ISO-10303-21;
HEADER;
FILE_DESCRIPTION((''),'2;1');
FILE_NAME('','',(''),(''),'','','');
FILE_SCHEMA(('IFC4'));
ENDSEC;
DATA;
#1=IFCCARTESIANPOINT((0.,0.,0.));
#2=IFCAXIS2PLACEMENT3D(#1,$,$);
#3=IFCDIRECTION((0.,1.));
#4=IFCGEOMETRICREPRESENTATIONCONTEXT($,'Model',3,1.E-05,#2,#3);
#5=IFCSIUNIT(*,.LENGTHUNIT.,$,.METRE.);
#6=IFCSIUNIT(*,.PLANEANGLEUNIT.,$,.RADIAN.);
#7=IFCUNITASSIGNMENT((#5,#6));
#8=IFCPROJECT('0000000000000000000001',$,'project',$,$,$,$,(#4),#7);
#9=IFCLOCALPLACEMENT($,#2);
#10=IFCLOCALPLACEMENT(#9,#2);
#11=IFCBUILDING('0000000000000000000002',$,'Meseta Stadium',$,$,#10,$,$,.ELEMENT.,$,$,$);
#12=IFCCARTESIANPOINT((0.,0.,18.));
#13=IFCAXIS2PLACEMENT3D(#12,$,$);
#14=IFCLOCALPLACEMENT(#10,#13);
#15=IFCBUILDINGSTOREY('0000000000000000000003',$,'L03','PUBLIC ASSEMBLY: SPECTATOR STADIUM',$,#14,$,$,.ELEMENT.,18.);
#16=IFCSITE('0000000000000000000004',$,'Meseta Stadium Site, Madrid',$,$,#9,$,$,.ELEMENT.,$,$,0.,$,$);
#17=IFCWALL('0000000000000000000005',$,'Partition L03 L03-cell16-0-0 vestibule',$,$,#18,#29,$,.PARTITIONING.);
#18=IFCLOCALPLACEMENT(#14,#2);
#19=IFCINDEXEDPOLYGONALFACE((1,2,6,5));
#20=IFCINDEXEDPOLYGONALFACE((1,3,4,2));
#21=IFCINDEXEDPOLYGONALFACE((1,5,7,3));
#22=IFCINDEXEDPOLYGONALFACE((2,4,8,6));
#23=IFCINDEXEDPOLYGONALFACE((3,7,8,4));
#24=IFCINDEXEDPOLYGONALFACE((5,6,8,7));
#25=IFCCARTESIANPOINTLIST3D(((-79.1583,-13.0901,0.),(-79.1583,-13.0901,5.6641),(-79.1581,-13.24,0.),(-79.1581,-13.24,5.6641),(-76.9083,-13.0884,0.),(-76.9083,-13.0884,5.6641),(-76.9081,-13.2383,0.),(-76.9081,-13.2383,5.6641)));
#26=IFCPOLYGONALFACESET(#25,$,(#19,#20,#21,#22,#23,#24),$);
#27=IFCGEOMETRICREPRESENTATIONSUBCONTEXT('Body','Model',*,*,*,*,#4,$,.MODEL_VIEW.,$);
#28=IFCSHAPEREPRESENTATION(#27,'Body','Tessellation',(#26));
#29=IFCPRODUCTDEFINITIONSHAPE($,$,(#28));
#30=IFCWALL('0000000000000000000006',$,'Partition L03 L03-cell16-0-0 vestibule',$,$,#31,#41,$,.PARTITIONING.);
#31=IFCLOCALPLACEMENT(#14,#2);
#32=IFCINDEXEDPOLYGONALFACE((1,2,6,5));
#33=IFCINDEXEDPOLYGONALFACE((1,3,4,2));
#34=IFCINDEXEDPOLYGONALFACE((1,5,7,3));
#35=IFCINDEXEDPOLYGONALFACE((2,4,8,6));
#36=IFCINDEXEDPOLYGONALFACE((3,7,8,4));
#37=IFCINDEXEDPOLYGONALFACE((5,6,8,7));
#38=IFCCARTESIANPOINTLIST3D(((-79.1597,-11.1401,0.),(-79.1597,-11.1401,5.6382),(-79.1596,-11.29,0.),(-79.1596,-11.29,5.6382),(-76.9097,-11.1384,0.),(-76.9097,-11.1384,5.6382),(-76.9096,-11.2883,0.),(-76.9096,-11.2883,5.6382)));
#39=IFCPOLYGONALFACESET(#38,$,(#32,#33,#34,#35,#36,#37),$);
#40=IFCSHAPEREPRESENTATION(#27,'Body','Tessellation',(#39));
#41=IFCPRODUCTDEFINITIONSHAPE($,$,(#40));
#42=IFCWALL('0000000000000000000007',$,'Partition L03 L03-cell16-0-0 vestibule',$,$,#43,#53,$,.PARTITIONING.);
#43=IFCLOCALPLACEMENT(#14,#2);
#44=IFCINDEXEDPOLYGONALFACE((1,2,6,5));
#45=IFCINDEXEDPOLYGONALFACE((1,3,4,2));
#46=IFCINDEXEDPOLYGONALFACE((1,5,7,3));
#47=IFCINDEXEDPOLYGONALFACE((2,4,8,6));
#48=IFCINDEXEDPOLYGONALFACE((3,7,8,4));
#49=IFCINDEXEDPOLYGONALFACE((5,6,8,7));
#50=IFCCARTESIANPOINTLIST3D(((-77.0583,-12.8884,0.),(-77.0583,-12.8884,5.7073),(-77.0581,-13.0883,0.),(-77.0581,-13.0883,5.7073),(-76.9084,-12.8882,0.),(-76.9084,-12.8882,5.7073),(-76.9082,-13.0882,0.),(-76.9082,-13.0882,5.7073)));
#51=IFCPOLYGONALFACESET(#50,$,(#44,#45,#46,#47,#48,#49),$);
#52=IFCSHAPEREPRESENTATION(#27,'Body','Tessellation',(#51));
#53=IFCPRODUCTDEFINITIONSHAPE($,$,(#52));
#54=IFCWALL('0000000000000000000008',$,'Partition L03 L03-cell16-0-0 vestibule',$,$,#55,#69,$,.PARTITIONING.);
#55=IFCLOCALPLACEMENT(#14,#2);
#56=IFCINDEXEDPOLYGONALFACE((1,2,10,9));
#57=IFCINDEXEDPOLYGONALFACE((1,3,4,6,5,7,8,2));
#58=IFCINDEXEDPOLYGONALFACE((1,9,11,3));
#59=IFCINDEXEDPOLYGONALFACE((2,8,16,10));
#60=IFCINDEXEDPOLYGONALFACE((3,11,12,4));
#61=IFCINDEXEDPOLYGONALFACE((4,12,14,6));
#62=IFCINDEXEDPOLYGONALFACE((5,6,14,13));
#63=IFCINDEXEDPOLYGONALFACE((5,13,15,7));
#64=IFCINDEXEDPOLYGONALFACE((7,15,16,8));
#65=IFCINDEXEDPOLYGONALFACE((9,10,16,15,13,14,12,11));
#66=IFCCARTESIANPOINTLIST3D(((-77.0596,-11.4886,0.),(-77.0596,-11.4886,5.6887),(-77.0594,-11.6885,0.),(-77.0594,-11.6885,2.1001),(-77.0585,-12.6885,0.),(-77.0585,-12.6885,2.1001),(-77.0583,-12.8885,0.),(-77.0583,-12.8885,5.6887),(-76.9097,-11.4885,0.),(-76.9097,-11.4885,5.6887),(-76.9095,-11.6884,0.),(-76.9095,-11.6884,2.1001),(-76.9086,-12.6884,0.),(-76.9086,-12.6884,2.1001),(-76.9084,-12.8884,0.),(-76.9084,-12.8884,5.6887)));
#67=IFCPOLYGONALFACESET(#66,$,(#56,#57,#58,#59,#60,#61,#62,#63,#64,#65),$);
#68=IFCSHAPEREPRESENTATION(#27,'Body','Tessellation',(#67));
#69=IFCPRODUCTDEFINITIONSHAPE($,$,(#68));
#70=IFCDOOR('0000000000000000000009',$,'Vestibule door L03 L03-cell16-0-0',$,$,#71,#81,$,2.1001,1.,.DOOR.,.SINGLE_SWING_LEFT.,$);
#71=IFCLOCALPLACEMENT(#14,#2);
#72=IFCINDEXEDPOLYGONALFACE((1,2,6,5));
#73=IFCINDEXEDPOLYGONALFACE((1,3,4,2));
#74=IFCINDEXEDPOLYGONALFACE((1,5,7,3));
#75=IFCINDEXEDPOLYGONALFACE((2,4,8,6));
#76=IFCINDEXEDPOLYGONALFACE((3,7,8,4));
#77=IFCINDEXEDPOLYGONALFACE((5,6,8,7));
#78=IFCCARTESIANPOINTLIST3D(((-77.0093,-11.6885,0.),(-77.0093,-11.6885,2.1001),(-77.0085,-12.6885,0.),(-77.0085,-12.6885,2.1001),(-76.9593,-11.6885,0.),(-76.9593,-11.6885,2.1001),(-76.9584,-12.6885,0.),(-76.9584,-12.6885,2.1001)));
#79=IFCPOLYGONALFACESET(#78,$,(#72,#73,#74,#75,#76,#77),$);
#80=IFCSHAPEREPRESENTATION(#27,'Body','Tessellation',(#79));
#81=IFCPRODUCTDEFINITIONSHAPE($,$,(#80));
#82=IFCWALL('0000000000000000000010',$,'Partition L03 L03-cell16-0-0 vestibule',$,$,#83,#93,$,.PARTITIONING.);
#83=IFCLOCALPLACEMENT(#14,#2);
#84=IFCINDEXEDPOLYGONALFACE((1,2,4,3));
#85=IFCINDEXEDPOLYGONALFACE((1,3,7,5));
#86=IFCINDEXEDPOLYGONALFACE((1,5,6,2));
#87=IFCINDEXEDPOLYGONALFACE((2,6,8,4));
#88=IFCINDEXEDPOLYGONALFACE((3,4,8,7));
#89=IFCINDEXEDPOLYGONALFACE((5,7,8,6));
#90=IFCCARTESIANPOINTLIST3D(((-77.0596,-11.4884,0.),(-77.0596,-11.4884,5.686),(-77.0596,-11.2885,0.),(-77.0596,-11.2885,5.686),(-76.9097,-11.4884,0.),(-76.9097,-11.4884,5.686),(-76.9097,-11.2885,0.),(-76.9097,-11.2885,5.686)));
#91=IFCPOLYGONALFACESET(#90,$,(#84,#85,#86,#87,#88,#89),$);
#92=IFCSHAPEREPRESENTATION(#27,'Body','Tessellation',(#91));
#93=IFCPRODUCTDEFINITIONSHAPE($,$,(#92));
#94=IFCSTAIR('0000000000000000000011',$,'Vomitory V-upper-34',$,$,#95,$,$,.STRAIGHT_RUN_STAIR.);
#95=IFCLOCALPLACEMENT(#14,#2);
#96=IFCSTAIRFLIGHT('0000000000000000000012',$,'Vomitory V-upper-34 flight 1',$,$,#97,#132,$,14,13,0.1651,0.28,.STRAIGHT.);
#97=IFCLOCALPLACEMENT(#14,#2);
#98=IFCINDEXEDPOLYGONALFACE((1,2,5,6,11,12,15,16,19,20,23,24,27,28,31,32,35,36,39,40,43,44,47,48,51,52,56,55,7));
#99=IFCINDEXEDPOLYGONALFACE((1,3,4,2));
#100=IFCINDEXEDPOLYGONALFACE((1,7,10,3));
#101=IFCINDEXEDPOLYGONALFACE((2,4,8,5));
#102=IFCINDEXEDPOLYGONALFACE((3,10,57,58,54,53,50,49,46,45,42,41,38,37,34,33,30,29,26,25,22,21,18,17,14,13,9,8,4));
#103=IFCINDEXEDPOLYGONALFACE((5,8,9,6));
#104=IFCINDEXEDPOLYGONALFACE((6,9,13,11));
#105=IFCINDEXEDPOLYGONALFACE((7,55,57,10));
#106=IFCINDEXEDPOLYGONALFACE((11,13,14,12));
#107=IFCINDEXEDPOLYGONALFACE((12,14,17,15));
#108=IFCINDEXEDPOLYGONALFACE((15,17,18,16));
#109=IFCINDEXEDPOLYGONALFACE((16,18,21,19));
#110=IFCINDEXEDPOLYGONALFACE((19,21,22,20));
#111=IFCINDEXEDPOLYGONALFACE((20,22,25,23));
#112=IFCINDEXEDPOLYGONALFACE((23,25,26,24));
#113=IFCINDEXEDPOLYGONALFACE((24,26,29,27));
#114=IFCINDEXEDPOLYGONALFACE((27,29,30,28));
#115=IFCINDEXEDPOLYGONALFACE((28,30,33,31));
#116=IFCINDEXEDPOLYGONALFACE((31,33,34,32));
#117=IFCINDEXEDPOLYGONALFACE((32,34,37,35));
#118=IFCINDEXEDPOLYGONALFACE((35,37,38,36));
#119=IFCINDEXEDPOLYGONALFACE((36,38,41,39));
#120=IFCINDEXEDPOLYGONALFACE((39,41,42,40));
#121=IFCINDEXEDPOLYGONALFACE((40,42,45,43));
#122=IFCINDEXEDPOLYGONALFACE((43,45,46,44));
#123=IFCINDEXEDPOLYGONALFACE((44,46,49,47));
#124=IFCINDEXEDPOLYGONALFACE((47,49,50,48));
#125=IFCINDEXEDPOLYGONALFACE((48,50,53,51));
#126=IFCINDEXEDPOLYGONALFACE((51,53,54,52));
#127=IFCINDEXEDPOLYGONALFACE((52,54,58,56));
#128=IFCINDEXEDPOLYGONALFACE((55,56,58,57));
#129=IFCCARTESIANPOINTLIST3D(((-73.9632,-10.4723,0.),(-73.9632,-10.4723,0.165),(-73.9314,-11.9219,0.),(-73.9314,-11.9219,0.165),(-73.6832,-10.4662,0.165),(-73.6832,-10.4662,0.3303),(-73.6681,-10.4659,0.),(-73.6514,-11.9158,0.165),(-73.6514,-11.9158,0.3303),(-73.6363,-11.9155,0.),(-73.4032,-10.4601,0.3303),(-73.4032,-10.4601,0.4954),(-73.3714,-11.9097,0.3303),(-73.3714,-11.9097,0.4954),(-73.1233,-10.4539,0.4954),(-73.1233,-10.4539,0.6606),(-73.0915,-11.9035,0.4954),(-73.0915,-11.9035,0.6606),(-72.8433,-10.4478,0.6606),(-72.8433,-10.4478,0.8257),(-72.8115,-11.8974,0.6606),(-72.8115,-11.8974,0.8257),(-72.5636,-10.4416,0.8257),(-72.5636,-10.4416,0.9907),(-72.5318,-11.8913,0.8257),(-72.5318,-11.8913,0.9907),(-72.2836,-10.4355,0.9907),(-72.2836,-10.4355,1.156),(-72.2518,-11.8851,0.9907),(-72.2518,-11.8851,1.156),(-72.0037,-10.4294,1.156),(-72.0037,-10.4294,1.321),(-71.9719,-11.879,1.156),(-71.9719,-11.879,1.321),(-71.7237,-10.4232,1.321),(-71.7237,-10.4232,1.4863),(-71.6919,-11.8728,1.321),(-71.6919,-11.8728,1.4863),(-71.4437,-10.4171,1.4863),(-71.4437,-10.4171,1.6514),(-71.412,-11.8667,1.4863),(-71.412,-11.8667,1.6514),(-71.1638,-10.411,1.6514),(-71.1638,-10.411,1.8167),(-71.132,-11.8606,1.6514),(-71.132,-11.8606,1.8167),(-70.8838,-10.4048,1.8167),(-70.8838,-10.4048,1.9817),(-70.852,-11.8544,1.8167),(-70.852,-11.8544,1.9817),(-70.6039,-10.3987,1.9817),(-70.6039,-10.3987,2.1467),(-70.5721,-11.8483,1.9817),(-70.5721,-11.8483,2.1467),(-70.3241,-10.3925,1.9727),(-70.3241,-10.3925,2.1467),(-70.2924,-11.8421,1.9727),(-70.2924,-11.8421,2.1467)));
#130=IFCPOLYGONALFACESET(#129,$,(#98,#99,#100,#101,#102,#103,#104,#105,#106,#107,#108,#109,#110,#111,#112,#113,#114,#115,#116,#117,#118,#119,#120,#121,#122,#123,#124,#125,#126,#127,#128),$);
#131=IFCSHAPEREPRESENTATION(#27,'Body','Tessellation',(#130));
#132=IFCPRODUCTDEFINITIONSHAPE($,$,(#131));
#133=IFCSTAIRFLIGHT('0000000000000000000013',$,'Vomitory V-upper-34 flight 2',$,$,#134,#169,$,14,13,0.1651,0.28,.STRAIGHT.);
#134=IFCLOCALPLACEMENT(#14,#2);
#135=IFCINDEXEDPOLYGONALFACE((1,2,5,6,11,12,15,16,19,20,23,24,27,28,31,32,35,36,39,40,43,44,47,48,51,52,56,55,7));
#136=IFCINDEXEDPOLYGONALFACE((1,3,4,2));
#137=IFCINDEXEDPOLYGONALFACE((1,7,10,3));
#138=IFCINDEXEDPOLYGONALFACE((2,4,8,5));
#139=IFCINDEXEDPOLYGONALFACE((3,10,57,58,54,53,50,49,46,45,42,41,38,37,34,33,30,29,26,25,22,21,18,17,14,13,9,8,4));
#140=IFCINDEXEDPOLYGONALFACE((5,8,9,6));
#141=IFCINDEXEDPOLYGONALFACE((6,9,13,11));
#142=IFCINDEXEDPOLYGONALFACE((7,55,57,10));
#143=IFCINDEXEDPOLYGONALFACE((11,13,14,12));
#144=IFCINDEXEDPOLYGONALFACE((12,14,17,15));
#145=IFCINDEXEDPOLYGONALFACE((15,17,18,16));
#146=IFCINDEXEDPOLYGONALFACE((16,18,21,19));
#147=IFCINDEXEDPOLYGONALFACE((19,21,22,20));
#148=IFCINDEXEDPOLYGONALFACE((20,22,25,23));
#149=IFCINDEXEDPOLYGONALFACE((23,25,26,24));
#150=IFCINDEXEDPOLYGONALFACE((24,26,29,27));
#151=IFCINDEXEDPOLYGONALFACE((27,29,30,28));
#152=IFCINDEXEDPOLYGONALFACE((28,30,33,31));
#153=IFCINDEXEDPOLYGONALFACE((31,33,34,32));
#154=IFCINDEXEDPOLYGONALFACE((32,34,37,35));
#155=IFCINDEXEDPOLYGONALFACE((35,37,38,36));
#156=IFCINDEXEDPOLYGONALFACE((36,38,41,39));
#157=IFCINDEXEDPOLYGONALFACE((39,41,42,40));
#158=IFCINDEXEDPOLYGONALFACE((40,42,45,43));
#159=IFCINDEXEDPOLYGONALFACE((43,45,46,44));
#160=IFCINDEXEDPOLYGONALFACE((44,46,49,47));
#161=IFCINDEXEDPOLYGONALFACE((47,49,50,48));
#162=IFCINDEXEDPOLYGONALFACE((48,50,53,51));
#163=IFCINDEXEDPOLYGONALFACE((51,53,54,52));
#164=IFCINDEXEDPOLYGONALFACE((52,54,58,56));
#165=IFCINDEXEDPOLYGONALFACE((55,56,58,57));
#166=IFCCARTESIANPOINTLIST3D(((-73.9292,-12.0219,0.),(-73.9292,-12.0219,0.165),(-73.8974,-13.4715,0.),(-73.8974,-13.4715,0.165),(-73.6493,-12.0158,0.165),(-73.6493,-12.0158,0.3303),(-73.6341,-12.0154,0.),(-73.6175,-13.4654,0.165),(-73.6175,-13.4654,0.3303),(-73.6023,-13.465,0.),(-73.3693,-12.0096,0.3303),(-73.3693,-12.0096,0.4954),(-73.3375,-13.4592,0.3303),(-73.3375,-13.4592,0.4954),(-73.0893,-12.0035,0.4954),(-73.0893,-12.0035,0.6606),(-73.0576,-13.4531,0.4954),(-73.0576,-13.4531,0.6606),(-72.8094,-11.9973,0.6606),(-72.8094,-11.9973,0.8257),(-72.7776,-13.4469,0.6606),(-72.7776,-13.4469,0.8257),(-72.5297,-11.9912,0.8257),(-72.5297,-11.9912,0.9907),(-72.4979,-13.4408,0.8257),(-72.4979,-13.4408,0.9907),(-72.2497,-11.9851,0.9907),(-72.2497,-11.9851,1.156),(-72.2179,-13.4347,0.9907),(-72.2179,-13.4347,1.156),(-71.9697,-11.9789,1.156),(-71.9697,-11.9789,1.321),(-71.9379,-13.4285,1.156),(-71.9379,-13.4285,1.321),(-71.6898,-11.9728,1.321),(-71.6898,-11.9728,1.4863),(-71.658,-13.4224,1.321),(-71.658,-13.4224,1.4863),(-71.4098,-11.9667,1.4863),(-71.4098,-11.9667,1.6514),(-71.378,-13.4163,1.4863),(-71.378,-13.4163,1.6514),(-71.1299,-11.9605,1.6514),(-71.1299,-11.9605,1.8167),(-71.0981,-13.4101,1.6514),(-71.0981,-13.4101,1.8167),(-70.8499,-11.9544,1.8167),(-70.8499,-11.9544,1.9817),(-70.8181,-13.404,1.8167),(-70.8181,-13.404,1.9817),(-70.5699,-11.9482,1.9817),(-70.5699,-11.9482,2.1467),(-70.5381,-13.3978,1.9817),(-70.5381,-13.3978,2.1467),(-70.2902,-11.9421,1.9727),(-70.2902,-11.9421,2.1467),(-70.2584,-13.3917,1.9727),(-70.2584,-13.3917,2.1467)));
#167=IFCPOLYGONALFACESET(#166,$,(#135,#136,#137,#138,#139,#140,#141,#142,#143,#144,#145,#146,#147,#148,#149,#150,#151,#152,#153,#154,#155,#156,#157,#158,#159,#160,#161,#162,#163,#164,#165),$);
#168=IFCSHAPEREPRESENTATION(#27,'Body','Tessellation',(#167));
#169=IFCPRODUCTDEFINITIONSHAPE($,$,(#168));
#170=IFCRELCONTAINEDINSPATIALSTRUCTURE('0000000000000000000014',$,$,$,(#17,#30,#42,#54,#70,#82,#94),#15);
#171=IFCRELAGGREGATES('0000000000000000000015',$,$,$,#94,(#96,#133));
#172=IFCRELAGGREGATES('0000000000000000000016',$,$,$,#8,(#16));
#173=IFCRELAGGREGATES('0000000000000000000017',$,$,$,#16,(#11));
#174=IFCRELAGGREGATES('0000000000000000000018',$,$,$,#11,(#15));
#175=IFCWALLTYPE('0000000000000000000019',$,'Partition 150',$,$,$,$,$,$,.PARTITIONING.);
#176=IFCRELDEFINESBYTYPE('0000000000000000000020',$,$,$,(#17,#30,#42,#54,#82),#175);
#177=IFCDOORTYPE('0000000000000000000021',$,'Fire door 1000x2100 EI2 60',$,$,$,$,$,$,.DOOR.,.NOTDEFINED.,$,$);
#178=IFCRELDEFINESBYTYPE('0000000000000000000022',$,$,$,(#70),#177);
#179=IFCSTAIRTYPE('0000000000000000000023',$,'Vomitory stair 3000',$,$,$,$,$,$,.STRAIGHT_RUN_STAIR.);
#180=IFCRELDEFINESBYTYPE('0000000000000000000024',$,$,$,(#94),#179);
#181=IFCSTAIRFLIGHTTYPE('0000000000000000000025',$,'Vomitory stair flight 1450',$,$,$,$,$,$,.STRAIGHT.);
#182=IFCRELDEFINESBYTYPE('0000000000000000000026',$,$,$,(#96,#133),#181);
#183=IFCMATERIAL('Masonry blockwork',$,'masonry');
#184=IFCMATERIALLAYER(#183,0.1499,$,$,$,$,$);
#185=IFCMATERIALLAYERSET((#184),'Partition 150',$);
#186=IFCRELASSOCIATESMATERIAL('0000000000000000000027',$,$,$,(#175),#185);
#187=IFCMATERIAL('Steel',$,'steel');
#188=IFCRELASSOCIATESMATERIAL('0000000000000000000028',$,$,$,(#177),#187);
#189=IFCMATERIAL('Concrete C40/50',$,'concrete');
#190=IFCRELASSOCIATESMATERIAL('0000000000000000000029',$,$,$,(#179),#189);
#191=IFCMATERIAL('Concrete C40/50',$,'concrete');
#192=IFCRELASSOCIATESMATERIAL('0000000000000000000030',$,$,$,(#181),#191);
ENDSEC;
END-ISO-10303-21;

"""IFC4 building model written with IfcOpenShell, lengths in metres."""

from ifc_helpers import new_model, si_unit, direction, frame, frame_2d, origin, place, context, subcontext, project, spatial, polyline, rectangle, outline, extrude, material, layer, layer_set, type_object, element, fill, aggregate, save


model = new_model("IFC4")

# Units and contexts
model_context = context("Model", 3, precision=1e-05, world=origin(), true_north=direction((0.0, 1.0)))
body_context = subcontext(model_context, "Body", "Model", "MODEL_VIEW")
ifc_project = project(units=[si_unit("LENGTHUNIT", "METRE"), si_unit("PLANEANGLEUNIT", "RADIAN")], contexts=[model_context])

# Site, building, storey
site_placement = place(None, origin())
site = spatial("IfcSite", under=ifc_project, at=site_placement, Name="Meseta Stadium Site, Madrid", CompositionType="ELEMENT", RefElevation=0.0)
building_placement = place(site_placement, origin())
building = spatial("IfcBuilding", under=site, at=building_placement, Name="Meseta Stadium", CompositionType="ELEMENT")
storey_placement = place(building_placement, frame((0.0, 0.0, 18.0)))
storey = spatial("IfcBuildingStorey", under=building, at=storey_placement, Name="L03", Description="PUBLIC ASSEMBLY: SPECTATOR STADIUM", CompositionType="ELEMENT", Elevation=18.0)

# Walls
ifc_material_1 = material(Name="Masonry blockwork", Category="masonry")
ifc_layer_1 = layer(ifc_material_1, 0.1499)
ifc_layer_set_1 = layer_set([ifc_layer_1], Name="Partition 150")
wall_type = type_object("IfcWallType", Name="Partition 150", PredefinedType="PARTITIONING", material=ifc_layer_set_1)
wall_1_placement = place(storey_placement, frame((-79.1582, -13.165, 0.0), z_axis=(0.0, 0.0, 1.0), x_axis=(1.0, 0.00076, 0.0)))
element("IfcWall", 1, at=wall_1_placement, inside=storey, type_object=wall_type, Name="Partition L03 L03-cell16-0-0 vestibule", PredefinedType="PARTITIONING", context=body_context, shape_type="SweptSolid", body=[
    extrude(rectangle(XDim=2.25, YDim=0.1499, at=frame_2d((1.125, 0.0))), origin(), (0.0, 0.0, 1.0), 5.6641),
])
wall_2_placement = place(storey_placement, frame((-79.1597, -11.2151, 0.0), z_axis=(0.0, 0.0, 1.0), x_axis=(1.0, 0.00076, 0.0)))
element("IfcWall", 2, at=wall_2_placement, inside=storey, type_object=wall_type, Name="Partition L03 L03-cell16-0-0 vestibule", PredefinedType="PARTITIONING", context=body_context, shape_type="SweptSolid", body=[
    extrude(rectangle(XDim=2.25, YDim=0.1499, at=frame_2d((1.125, 0.0))), origin(), (0.0, 0.0, 1.0), 5.6382),
])
wall_3_placement = place(storey_placement, frame((-76.9832, -13.0884, 0.0), z_axis=(0.0, 0.0, 1.0), x_axis=(-0.001221, 0.999999, 0.0)))
element("IfcWall", 3, at=wall_3_placement, inside=storey, type_object=wall_type, Name="Partition L03 L03-cell16-0-0 vestibule", PredefinedType="PARTITIONING", context=body_context, shape_type="SweptSolid", body=[
    extrude(rectangle(XDim=0.2, YDim=0.1499, at=frame_2d((0.1001, 0.0))), origin(), (0.0, 0.0, 1.0), 5.7073),
])

# Wall, opening, door
wall_4_placement = place(storey_placement, frame((-76.9834, -12.8884, 0.0), z_axis=(0.0, 0.0, 1.0), x_axis=(-0.000872, 1.0, 0.0)))
wall_4 = element("IfcWall", 4, at=wall_4_placement, inside=storey, type_object=wall_type, Name="Partition L03 L03-cell16-0-0 vestibule", PredefinedType="PARTITIONING", context=body_context, shape_type="SweptSolid", body=[
    extrude(rectangle(XDim=1.3999, YDim=0.1499, at=frame_2d((0.7, 0.0))), origin(), (0.0, 0.0, 1.0), 5.6887),
])
opening_placement = place(wall_4_placement, frame((0.2, 0.0, 0.0)))
opening = element("IfcOpeningElement", 5, at=opening_placement, cuts=wall_4, PredefinedType="OPENING", context=body_context, shape_type="SweptSolid", body=[
    extrude(rectangle(XDim=1.0, YDim=2.1001, at=frame_2d((0.5, 1.05))), frame((0.0, 0.085, 0.0), z_axis=(0.0, -1.0, 0.0), x_axis=(1.0, 0.0, 0.0)), (0.0, 0.0, 1.0), 0.1699),
])
ifc_material_2 = material(Name="Steel", Category="steel")
door_type = type_object("IfcDoorType", Name="Fire door 1000x2100 EI2 60", OperationType="NOTDEFINED", PredefinedType="DOOR", material=ifc_material_2)
door_placement = place(opening_placement, origin())
door = element("IfcDoor", 6, at=door_placement, inside=storey, type_object=door_type, Name="Vestibule door L03 L03-cell16-0-0", OperationType="SINGLE_SWING_LEFT", OverallHeight=2.1001, OverallWidth=1.0, PredefinedType="DOOR", context=body_context, shape_type="SweptSolid", body=[
    extrude(rectangle(XDim=1.0, YDim=2.1001, at=frame_2d((0.5, 1.05))), frame((0.0, 0.0249, 0.0), z_axis=(0.0, -1.0, 0.0), x_axis=(1.0, 0.0, 0.0)), (0.0, 0.0, 1.0), 0.05),
])
fill(opening, door)

# Wall
wall_5_placement = place(storey_placement, frame((-76.9846, -11.4885, 0.0), z_axis=(0.0, 0.0, 1.0), x_axis=(0.0, 1.0, 0.0)))
element("IfcWall", 7, at=wall_5_placement, inside=storey, type_object=wall_type, Name="Partition L03 L03-cell16-0-0 vestibule", PredefinedType="PARTITIONING", context=body_context, shape_type="SweptSolid", body=[
    extrude(rectangle(XDim=0.2, YDim=0.1499, at=frame_2d((0.1001, 0.0))), origin(), (0.0, 0.0, 1.0), 5.686),
])

# Stair, stair flights
ifc_material_3 = material(Name="Concrete C40/50", Category="concrete")
stair_type = type_object("IfcStairType", Name="Vomitory stair 3000", PredefinedType="STRAIGHT_RUN_STAIR", material=ifc_material_3)
stair_placement = place(storey_placement, origin())
stair = element("IfcStair", 8, at=stair_placement, inside=storey, type_object=stair_type, Name="Vomitory V-upper-34", PredefinedType="STRAIGHT_RUN_STAIR")
ifc_material_4 = material(Name="Concrete C40/50", Category="concrete")
stair_flight_type = type_object("IfcStairFlightType", Name="Vomitory stair flight 1450", PredefinedType="STRAIGHT", material=ifc_material_4)
stair_flight_1_placement = place(storey_placement, frame((-73.9473, -11.1973, 0.0), z_axis=(0.0, 0.0, 1.0), x_axis=(0.99976, 0.021925, 0.0)))
stair_flight_1 = element("IfcStairFlight", 9, at=stair_flight_1_placement, type_object=stair_flight_type, Name="Vomitory V-upper-34 flight 1", NumberOfRisers=14, NumberOfTreads=13, PredefinedType="STRAIGHT", RiserHeight=0.1651, TreadLength=0.28, context=body_context, shape_type="SweptSolid", body=[
    extrude(outline(polyline([(0.0, 0.0), (0.0, 0.165), (0.28, 0.165), (0.28, 0.3303), (0.5601, 0.3303), (0.5601, 0.4954), (0.8401, 0.4954), (0.8401, 0.6606), (1.1201, 0.6606), (1.1201, 0.8257), (1.3999, 0.8257), (1.3999, 0.9907), (1.6799, 0.9907), (1.6799, 1.156), (1.96, 1.156), (1.96, 1.321), (2.24, 1.321), (2.24, 1.4863), (2.52, 1.4863), (2.52, 1.6514), (2.8, 1.6514), (2.8, 1.8167), (3.0801, 1.8167), (3.0801, 1.9817), (3.3601, 1.9817), (3.3601, 2.1467), (3.6399, 2.1467), (3.6399, 1.9727), (0.2952, 0.0), (0.0, 0.0)])), frame((0.0, 0.7251, 0.0), z_axis=(0.0, -1.0, 0.0), x_axis=(1.0, 0.0, 0.0)), (0.0, 0.0, 1.0), 1.45),
])
stair_flight_2_placement = place(storey_placement, frame((-73.9133, -12.7468, 0.0), z_axis=(0.0, 0.0, 1.0), x_axis=(0.99976, 0.021925, 0.0)))
stair_flight_2 = element("IfcStairFlight", 10, at=stair_flight_2_placement, type_object=stair_flight_type, Name="Vomitory V-upper-34 flight 2", NumberOfRisers=14, NumberOfTreads=13, PredefinedType="STRAIGHT", RiserHeight=0.1651, TreadLength=0.28, context=body_context, shape_type="SweptSolid", body=[
    extrude(outline(polyline([(0.0, 0.0), (0.0, 0.165), (0.28, 0.165), (0.28, 0.3303), (0.5601, 0.3303), (0.5601, 0.4954), (0.8401, 0.4954), (0.8401, 0.6606), (1.1201, 0.6606), (1.1201, 0.8257), (1.3999, 0.8257), (1.3999, 0.9907), (1.6799, 0.9907), (1.6799, 1.156), (1.96, 1.156), (1.96, 1.321), (2.24, 1.321), (2.24, 1.4863), (2.52, 1.4863), (2.52, 1.6514), (2.8, 1.6514), (2.8, 1.8167), (3.0801, 1.8167), (3.0801, 1.9817), (3.3601, 1.9817), (3.3601, 2.1467), (3.6399, 2.1467), (3.6399, 1.9727), (0.2952, 0.0), (0.0, 0.0)])), frame((0.0, 0.7251, 0.0), z_axis=(0.0, -1.0, 0.0), x_axis=(1.0, 0.0, 0.0)), (0.0, 0.0, 1.0), 1.45),
])
aggregate(stair, [stair_flight_1, stair_flight_2])

save(model, "model.ifc")
